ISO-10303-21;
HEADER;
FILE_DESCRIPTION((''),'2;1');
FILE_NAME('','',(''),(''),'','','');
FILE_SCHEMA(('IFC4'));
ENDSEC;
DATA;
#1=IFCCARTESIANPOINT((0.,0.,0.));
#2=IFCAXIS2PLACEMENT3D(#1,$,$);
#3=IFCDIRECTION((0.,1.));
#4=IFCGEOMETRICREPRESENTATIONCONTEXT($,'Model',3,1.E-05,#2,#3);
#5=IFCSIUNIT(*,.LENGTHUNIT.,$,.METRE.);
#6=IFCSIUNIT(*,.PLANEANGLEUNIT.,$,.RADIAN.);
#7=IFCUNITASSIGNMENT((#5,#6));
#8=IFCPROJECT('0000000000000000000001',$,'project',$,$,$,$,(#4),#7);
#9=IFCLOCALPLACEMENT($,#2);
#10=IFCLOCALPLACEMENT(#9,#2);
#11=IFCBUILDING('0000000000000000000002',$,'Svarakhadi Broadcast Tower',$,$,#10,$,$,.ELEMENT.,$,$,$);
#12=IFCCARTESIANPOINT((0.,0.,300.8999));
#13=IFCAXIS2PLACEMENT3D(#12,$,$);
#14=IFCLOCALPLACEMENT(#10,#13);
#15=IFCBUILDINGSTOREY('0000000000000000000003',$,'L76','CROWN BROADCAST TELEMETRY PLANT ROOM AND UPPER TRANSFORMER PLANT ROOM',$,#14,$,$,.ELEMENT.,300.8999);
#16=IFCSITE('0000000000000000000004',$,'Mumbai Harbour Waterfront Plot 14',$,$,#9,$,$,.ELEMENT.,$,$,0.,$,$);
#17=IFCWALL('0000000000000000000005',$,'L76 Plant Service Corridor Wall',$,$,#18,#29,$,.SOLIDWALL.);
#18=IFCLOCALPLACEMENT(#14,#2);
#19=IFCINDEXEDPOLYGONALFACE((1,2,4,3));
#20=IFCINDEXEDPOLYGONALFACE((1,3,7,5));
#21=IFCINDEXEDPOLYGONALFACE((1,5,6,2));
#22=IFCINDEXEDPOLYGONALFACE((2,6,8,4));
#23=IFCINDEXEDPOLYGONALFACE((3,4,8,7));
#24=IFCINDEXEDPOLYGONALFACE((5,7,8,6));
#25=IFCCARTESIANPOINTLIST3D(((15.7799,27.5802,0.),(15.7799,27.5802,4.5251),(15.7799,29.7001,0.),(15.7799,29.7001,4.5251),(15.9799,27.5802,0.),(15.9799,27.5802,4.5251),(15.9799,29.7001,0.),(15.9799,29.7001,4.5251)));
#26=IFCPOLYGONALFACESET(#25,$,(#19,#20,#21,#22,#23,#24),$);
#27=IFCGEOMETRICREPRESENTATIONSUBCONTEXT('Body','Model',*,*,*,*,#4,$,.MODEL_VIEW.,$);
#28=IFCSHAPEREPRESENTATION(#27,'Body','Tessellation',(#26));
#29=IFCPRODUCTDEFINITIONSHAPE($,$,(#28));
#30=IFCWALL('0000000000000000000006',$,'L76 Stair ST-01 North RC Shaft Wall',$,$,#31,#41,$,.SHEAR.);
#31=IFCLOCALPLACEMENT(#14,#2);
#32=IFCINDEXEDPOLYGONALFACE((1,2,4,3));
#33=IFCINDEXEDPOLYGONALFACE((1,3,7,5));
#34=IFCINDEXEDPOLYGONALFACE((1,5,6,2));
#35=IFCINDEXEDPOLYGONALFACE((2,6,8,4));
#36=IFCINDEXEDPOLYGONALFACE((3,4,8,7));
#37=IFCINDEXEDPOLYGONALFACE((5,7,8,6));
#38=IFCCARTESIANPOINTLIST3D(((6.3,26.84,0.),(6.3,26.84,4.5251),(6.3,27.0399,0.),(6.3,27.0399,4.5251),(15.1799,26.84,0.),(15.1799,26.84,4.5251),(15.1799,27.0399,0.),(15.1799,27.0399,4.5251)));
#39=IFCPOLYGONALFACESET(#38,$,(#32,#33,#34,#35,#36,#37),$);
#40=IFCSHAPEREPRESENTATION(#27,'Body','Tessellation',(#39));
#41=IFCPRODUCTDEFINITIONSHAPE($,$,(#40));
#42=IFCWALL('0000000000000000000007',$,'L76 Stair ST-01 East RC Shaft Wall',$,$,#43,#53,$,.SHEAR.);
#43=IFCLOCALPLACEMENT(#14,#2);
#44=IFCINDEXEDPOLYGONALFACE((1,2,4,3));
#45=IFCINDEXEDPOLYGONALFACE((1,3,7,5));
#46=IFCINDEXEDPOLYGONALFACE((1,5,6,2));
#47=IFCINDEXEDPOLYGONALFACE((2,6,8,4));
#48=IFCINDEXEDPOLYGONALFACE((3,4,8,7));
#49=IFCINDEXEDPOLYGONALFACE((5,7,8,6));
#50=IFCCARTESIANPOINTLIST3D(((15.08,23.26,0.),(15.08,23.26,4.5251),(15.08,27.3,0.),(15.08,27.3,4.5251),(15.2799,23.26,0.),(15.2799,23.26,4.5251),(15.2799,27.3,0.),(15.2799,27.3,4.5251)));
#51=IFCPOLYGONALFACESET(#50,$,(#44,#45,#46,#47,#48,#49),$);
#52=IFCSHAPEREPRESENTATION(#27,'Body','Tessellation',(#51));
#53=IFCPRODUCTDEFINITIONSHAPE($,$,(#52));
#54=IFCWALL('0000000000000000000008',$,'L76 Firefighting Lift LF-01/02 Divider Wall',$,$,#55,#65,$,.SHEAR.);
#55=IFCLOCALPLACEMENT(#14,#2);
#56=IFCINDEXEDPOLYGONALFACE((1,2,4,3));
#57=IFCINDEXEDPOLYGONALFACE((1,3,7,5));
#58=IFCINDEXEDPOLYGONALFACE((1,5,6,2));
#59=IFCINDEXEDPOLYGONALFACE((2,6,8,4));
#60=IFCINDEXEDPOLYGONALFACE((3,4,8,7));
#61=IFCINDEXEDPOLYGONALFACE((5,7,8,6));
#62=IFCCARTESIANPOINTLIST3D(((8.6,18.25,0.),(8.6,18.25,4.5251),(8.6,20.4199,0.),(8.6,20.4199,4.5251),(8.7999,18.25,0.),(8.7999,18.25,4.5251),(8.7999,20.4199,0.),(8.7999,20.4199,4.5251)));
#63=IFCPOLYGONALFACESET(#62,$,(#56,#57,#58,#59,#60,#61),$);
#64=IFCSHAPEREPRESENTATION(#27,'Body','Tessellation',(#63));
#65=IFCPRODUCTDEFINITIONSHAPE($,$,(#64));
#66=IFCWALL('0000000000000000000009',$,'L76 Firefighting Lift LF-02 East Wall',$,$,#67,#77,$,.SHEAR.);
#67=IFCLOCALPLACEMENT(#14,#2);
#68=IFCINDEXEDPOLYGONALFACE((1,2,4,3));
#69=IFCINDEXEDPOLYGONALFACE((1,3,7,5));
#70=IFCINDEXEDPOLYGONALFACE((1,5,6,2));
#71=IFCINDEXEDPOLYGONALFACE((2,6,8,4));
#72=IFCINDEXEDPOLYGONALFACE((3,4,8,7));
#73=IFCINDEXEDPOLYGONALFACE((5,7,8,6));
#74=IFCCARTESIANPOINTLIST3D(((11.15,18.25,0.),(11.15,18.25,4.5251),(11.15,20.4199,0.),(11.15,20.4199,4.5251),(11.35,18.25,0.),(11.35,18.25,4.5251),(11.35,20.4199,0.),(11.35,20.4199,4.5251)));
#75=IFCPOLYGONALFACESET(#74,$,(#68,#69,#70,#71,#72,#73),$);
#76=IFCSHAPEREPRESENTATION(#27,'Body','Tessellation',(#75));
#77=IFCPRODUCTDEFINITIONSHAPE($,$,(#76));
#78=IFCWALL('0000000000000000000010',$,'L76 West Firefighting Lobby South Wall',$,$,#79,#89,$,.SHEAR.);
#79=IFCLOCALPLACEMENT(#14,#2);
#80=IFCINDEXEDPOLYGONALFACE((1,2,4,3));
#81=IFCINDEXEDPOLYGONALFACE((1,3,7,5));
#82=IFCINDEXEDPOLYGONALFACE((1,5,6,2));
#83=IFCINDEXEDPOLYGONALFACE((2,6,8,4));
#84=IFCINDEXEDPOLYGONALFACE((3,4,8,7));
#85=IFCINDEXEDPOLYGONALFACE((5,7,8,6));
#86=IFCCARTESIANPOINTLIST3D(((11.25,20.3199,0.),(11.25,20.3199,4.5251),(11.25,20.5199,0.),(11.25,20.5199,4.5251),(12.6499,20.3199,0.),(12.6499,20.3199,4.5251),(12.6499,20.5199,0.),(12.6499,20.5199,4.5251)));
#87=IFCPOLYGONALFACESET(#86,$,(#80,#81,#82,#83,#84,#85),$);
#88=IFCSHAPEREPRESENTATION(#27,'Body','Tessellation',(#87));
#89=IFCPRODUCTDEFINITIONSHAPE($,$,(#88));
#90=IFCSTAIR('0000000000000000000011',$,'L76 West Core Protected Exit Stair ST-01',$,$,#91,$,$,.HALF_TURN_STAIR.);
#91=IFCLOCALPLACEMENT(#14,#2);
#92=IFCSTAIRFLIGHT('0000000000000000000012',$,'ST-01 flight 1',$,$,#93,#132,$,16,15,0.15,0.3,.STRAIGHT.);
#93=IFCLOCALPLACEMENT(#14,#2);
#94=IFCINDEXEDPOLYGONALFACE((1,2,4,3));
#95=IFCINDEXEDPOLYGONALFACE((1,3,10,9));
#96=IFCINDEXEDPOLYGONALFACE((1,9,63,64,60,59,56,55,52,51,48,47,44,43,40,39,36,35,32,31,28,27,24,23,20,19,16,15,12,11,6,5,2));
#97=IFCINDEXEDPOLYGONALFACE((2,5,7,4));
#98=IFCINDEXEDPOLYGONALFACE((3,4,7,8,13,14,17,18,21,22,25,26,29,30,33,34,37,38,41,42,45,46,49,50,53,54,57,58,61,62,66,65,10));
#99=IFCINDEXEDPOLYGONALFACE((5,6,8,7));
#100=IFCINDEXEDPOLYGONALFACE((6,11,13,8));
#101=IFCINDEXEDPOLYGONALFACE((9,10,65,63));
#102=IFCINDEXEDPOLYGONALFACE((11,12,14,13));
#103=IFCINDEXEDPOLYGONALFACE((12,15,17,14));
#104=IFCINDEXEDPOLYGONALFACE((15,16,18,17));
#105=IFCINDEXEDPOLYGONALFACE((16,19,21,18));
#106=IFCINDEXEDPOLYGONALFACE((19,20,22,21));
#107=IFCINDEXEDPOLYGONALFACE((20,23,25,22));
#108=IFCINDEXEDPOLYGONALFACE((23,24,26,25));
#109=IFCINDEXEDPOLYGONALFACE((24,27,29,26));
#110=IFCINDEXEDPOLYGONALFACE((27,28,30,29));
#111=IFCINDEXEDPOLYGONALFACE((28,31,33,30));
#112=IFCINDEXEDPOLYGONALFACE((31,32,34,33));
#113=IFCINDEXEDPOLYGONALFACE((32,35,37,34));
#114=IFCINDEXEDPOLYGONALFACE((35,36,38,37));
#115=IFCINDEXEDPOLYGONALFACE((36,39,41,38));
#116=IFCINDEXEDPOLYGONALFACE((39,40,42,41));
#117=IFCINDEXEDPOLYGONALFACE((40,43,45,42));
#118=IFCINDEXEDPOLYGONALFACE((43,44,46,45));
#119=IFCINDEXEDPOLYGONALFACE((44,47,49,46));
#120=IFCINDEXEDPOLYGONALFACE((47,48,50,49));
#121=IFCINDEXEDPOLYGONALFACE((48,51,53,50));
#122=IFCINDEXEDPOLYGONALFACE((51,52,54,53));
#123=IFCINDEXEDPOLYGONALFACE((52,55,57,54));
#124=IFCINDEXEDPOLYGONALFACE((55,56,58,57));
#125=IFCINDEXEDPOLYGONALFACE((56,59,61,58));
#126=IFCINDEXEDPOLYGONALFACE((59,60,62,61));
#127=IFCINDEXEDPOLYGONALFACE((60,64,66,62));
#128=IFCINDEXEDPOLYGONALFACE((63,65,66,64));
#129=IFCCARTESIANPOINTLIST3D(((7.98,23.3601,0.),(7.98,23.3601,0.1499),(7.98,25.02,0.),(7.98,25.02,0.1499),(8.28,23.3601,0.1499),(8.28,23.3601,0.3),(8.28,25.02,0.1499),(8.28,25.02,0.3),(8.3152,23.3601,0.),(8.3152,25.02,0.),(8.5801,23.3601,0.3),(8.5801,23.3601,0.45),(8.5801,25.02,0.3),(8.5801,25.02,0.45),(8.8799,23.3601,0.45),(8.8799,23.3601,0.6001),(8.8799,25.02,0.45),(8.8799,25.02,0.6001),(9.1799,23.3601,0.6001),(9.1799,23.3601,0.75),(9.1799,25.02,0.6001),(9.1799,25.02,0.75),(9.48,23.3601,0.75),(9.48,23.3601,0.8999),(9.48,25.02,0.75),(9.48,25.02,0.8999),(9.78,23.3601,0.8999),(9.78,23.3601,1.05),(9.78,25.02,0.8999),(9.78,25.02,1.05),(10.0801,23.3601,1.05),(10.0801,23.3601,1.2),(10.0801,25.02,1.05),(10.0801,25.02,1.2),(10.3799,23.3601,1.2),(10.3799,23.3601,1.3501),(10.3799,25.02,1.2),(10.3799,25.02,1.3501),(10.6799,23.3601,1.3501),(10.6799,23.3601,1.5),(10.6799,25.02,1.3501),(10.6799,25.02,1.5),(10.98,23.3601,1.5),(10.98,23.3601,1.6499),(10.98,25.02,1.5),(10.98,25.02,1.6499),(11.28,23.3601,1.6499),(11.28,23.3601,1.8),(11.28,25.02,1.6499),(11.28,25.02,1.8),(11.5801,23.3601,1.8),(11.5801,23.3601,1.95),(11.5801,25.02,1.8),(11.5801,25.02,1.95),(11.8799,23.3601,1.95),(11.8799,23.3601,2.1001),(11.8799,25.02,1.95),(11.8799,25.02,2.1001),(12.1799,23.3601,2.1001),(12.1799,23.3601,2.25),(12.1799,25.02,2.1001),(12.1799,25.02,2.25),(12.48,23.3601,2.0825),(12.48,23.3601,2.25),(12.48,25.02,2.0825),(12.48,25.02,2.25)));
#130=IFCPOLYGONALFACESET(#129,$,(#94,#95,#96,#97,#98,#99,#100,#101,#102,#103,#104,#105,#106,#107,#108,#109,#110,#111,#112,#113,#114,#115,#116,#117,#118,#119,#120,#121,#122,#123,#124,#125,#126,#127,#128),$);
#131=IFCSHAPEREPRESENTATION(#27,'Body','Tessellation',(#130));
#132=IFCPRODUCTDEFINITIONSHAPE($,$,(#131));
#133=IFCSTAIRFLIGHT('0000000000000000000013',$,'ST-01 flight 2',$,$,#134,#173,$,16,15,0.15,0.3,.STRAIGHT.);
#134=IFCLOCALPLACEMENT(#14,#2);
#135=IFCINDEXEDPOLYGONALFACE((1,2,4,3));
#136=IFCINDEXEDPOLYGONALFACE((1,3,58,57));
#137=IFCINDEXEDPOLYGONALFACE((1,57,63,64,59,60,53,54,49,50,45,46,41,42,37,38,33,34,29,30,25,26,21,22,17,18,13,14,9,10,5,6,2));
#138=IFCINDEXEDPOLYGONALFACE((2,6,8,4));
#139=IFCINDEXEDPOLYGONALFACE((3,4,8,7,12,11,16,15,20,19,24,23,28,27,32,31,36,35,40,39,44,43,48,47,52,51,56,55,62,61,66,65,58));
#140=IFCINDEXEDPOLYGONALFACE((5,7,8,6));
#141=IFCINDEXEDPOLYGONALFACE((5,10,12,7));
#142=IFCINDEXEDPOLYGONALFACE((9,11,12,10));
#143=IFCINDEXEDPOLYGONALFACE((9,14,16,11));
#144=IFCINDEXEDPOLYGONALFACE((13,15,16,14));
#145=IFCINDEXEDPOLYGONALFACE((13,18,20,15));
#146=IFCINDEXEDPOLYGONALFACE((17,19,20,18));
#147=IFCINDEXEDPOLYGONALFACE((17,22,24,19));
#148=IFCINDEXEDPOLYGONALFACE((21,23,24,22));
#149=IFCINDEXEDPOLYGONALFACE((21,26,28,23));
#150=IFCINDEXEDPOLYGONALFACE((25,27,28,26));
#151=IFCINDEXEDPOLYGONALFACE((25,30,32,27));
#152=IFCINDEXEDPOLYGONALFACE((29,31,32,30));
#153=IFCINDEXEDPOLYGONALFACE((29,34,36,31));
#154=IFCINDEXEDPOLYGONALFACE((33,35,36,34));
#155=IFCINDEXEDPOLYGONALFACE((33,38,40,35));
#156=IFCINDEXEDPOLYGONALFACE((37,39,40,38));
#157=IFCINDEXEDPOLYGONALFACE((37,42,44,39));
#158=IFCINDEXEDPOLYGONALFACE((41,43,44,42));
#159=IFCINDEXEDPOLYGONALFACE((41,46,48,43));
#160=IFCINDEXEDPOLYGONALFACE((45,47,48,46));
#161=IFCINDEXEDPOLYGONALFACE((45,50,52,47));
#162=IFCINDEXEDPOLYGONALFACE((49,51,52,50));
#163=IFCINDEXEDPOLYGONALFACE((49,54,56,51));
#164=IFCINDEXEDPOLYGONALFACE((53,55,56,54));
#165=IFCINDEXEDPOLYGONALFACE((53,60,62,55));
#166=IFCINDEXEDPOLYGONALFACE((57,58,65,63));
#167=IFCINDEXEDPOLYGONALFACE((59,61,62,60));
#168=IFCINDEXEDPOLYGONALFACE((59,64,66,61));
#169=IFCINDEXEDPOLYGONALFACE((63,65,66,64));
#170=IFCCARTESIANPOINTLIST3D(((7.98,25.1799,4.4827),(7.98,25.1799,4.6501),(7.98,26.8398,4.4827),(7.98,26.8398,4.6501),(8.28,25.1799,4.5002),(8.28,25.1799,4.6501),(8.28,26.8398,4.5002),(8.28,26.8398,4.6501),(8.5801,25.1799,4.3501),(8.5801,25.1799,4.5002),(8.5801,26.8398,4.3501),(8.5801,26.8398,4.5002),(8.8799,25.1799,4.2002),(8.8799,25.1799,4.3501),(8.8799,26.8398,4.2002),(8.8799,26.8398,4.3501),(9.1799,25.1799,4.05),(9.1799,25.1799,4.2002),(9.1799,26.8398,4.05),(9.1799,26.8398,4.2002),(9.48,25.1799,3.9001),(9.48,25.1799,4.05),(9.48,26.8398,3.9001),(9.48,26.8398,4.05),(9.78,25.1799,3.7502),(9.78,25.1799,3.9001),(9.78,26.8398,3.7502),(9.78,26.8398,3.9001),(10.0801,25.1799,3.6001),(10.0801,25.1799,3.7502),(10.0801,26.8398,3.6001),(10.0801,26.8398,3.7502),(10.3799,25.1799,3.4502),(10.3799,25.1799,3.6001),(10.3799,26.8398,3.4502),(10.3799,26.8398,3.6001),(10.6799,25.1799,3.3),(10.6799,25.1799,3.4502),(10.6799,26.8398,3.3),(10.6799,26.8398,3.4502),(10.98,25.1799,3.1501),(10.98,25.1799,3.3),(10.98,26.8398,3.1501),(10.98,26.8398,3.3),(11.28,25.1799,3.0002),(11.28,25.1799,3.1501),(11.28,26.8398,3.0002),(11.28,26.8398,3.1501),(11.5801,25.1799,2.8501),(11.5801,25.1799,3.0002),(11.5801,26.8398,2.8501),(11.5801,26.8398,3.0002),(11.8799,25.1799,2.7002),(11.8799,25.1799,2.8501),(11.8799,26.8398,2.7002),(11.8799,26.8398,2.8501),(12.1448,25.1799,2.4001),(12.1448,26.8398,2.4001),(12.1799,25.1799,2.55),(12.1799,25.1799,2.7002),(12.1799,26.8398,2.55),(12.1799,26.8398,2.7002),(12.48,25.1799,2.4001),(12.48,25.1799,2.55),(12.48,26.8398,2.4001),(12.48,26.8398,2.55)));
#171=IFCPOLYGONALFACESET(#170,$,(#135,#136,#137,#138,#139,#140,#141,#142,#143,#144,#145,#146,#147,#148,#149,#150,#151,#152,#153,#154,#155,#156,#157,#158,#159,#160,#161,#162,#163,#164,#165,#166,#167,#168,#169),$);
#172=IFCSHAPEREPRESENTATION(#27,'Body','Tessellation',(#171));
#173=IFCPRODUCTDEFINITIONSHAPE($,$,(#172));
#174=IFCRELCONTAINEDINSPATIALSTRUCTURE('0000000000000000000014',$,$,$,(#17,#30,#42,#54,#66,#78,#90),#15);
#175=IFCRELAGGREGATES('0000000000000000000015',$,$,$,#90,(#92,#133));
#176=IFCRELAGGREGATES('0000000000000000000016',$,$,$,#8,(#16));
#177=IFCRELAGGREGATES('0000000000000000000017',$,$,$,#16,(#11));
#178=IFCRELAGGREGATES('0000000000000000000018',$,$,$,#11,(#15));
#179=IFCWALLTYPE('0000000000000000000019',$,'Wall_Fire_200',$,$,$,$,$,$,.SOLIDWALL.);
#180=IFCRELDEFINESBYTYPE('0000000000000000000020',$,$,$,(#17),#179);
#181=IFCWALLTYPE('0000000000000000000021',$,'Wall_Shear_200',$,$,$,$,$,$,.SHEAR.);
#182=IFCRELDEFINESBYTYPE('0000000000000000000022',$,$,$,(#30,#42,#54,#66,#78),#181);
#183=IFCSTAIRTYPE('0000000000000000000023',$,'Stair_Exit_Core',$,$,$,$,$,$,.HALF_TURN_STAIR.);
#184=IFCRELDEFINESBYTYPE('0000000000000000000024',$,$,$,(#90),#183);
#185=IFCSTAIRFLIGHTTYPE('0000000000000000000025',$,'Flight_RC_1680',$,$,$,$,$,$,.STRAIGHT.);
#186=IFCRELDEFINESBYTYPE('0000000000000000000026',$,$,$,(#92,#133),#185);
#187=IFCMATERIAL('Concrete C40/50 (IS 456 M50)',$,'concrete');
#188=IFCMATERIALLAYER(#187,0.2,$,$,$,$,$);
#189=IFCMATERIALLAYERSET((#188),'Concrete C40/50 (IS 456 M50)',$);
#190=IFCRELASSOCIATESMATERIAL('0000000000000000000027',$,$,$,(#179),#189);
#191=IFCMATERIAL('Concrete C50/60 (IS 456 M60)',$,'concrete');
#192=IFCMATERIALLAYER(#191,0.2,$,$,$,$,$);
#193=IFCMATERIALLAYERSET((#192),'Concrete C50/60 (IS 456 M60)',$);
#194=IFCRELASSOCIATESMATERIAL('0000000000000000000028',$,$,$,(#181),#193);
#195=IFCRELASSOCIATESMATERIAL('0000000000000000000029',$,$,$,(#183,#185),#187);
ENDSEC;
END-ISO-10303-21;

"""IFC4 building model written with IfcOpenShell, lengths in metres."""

from ifc_helpers import new_model, si_unit, direction, frame, frame_2d, origin, place, context, subcontext, project, spatial, polyline, rectangle, outline, extrude, material, layer, layer_set, type_object, element, aggregate, save


model = new_model("IFC4")

# Units and contexts
model_context = context("Model", 3, precision=1e-05, world=origin(), true_north=direction((0.0, 1.0)))
body_context = subcontext(model_context, "Body", "Model", "MODEL_VIEW")
ifc_project = project(units=[si_unit("LENGTHUNIT", "METRE"), si_unit("PLANEANGLEUNIT", "RADIAN")], contexts=[model_context])

# Site, building, storey
site_placement = place(None, origin())
site = spatial("IfcSite", under=ifc_project, at=site_placement, Name="Mumbai Harbour Waterfront Plot 14", CompositionType="ELEMENT", RefElevation=0.0)
building_placement = place(site_placement, origin())
building = spatial("IfcBuilding", under=site, at=building_placement, Name="Svarakhadi Broadcast Tower", CompositionType="ELEMENT")
storey_placement = place(building_placement, frame((0.0, 0.0, 300.8999)))
storey = spatial("IfcBuildingStorey", under=building, at=storey_placement, Name="L76", Description="CROWN BROADCAST TELEMETRY PLANT ROOM AND UPPER TRANSFORMER PLANT ROOM", CompositionType="ELEMENT", Elevation=300.8999)

# Shared definitions
ifc_material_1 = material(Name="Concrete C50/60 (IS 456 M60)", Category="concrete")

# Shared definitions
ifc_material_2 = material(Name="Concrete C40/50 (IS 456 M50)", Category="concrete")
ifc_layer_1 = layer(ifc_material_2, 0.2)
ifc_layer_set_1 = layer_set([ifc_layer_1], Name="Concrete C40/50 (IS 456 M50)")
wall_type_1 = type_object("IfcWallType", Name="Wall_Fire_200", PredefinedType="SOLIDWALL", material=ifc_layer_set_1)

# Walls
wall_1_placement = place(storey_placement, frame((15.8799, 27.5801, 0.0), z_axis=(0.0, 0.0, 1.0), x_axis=(0.0, 1.0, 0.0)))
element("IfcWall", 1, at=wall_1_placement, inside=storey, type_object=wall_type_1, Name="L76 Plant Service Corridor Wall", PredefinedType="SOLIDWALL", context=body_context, shape_type="SweptSolid", body=[
    extrude(rectangle(XDim=2.1199, YDim=0.2, at=frame_2d((1.0601, 0.0))), origin(), (0.0, 0.0, 1.0), 4.5251),
])
ifc_layer_2 = layer(ifc_material_1, 0.2)
ifc_layer_set_2 = layer_set([ifc_layer_2], Name="Concrete C50/60 (IS 456 M60)")
wall_type_2 = type_object("IfcWallType", Name="Wall_Shear_200", PredefinedType="SHEAR", material=ifc_layer_set_2)
wall_2_placement = place(storey_placement, frame((6.3, 26.9399, 0.0), z_axis=(0.0, 0.0, 1.0), x_axis=(1.0, 0.0, 0.0)))
element("IfcWall", 2, at=wall_2_placement, inside=storey, type_object=wall_type_2, Name="L76 Stair ST-01 North RC Shaft Wall", PredefinedType="SHEAR", context=body_context, shape_type="SweptSolid", body=[
    extrude(rectangle(XDim=8.8799, YDim=0.2, at=frame_2d((4.4399, 0.0))), origin(), (0.0, 0.0, 1.0), 4.5251),
])
wall_3_placement = place(storey_placement, frame((15.1799, 23.26, 0.0), z_axis=(0.0, 0.0, 1.0), x_axis=(0.0, 1.0, 0.0)))
element("IfcWall", 3, at=wall_3_placement, inside=storey, type_object=wall_type_2, Name="L76 Stair ST-01 East RC Shaft Wall", PredefinedType="SHEAR", context=body_context, shape_type="SweptSolid", body=[
    extrude(rectangle(XDim=4.04, YDim=0.2, at=frame_2d((2.02, 0.0))), origin(), (0.0, 0.0, 1.0), 4.5251),
])
for number, where, z_axis, x_axis, name in (
    (4, (8.7, 18.25, 0.0), (0.0, 0.0, 1.0), (0.0, 1.0, 0.0), "L76 Firefighting Lift LF-01/02 Divider Wall"),
    (5, (11.25, 18.25, 0.0), (0.0, 0.0, 1.0), (0.0, 1.0, 0.0), "L76 Firefighting Lift LF-02 East Wall"),
):
    element("IfcWall", number, at=place(storey_placement, frame(where, z_axis=z_axis, x_axis=x_axis)), inside=storey, type_object=wall_type_2, Name=name, PredefinedType="SHEAR", context=body_context, shape_type="SweptSolid", body=[
        extrude(rectangle(XDim=2.1699, YDim=0.2, at=frame_2d((1.085, 0.0))), origin(), (0.0, 0.0, 1.0), 4.5251),
    ])
wall_4_placement = place(storey_placement, frame((11.25, 20.4199, 0.0), z_axis=(0.0, 0.0, 1.0), x_axis=(1.0, 0.0, 0.0)))
element("IfcWall", 6, at=wall_4_placement, inside=storey, type_object=wall_type_2, Name="L76 West Firefighting Lobby South Wall", PredefinedType="SHEAR", context=body_context, shape_type="SweptSolid", body=[
    extrude(rectangle(XDim=1.3999, YDim=0.2, at=frame_2d((0.7, 0.0))), origin(), (0.0, 0.0, 1.0), 4.5251),
])

# Stair, stair flights
stair_type = type_object("IfcStairType", Name="Stair_Exit_Core", PredefinedType="HALF_TURN_STAIR", material=ifc_material_2)
stair_placement = place(storey_placement, origin())
stair = element("IfcStair", 7, at=stair_placement, inside=storey, type_object=stair_type, Name="L76 West Core Protected Exit Stair ST-01", PredefinedType="HALF_TURN_STAIR")
stair_flight_type = type_object("IfcStairFlightType", Name="Flight_RC_1680", PredefinedType="STRAIGHT", material=ifc_material_2)
stair_flight_1_placement = place(storey_placement, frame((7.98, 24.1899, 0.0), z_axis=(0.0, 0.0, 1.0), x_axis=(1.0, 0.0, 0.0)))
stair_flight_1 = element("IfcStairFlight", 8, at=stair_flight_1_placement, type_object=stair_flight_type, Name="ST-01 flight 1", NumberOfRisers=16, NumberOfTreads=15, PredefinedType="STRAIGHT", RiserHeight=0.15, TreadLength=0.3, context=body_context, shape_type="SweptSolid", body=[
    extrude(outline(polyline([(0.0, 0.0), (0.0, 0.1499), (0.3, 0.1499), (0.3, 0.3), (0.6001, 0.3), (0.6001, 0.45), (0.8999, 0.45), (0.8999, 0.6001), (1.2, 0.6001), (1.2, 0.75), (1.5, 0.75), (1.5, 0.8999), (1.8, 0.8999), (1.8, 1.05), (2.1001, 1.05), (2.1001, 1.2), (2.3999, 1.2), (2.3999, 1.3501), (2.7, 1.3501), (2.7, 1.5), (3.0, 1.5), (3.0, 1.6499), (3.3, 1.6499), (3.3, 1.8), (3.6001, 1.8), (3.6001, 1.95), (3.8999, 1.95), (3.8999, 2.1001), (4.2, 2.1001), (4.2, 2.25), (4.5, 2.25), (4.5, 2.3999), (4.5, 2.0825), (0.3352, 0.0), (0.0, 0.0)])), frame((0.0, 0.8301, 0.0), z_axis=(0.0, -1.0, 0.0), x_axis=(1.0, 0.0, 0.0)), (0.0, 0.0, 1.0), 1.6599),
])
stair_flight_2_placement = place(storey_placement, frame((12.48, 26.01, 2.4001), z_axis=(0.0, 0.0, 1.0), x_axis=(-1.0, 0.0, 0.0)))
stair_flight_2 = element("IfcStairFlight", 9, at=stair_flight_2_placement, type_object=stair_flight_type, Name="ST-01 flight 2", NumberOfRisers=16, NumberOfTreads=15, PredefinedType="STRAIGHT", RiserHeight=0.15, TreadLength=0.3, context=body_context, shape_type="SweptSolid", body=[
    extrude(outline(polyline([(0.0, 0.0), (0.0, 0.1499), (0.3, 0.1499), (0.3, 0.3), (0.6001, 0.3), (0.6001, 0.45), (0.8999, 0.45), (0.8999, 0.6001), (1.2, 0.6001), (1.2, 0.75), (1.5, 0.75), (1.5, 0.8999), (1.8, 0.8999), (1.8, 1.05), (2.1001, 1.05), (2.1001, 1.2), (2.3999, 1.2), (2.3999, 1.3501), (2.7, 1.3501), (2.7, 1.5), (3.0, 1.5), (3.0, 1.6499), (3.3, 1.6499), (3.3, 1.8), (3.6001, 1.8), (3.6001, 1.95), (3.8999, 1.95), (3.8999, 2.1001), (4.2, 2.1001), (4.2, 2.25), (4.5, 2.25), (4.5, 2.3999), (4.5, 2.0825), (0.3352, 0.0), (0.0, 0.0)])), frame((0.0, 0.8301, 0.0), z_axis=(0.0, -1.0, 0.0), x_axis=(1.0, 0.0, 0.0)), (0.0, 0.0, 1.0), 1.6599),
])
aggregate(stair, [stair_flight_1, stair_flight_2])

save(model, "model.ifc")
